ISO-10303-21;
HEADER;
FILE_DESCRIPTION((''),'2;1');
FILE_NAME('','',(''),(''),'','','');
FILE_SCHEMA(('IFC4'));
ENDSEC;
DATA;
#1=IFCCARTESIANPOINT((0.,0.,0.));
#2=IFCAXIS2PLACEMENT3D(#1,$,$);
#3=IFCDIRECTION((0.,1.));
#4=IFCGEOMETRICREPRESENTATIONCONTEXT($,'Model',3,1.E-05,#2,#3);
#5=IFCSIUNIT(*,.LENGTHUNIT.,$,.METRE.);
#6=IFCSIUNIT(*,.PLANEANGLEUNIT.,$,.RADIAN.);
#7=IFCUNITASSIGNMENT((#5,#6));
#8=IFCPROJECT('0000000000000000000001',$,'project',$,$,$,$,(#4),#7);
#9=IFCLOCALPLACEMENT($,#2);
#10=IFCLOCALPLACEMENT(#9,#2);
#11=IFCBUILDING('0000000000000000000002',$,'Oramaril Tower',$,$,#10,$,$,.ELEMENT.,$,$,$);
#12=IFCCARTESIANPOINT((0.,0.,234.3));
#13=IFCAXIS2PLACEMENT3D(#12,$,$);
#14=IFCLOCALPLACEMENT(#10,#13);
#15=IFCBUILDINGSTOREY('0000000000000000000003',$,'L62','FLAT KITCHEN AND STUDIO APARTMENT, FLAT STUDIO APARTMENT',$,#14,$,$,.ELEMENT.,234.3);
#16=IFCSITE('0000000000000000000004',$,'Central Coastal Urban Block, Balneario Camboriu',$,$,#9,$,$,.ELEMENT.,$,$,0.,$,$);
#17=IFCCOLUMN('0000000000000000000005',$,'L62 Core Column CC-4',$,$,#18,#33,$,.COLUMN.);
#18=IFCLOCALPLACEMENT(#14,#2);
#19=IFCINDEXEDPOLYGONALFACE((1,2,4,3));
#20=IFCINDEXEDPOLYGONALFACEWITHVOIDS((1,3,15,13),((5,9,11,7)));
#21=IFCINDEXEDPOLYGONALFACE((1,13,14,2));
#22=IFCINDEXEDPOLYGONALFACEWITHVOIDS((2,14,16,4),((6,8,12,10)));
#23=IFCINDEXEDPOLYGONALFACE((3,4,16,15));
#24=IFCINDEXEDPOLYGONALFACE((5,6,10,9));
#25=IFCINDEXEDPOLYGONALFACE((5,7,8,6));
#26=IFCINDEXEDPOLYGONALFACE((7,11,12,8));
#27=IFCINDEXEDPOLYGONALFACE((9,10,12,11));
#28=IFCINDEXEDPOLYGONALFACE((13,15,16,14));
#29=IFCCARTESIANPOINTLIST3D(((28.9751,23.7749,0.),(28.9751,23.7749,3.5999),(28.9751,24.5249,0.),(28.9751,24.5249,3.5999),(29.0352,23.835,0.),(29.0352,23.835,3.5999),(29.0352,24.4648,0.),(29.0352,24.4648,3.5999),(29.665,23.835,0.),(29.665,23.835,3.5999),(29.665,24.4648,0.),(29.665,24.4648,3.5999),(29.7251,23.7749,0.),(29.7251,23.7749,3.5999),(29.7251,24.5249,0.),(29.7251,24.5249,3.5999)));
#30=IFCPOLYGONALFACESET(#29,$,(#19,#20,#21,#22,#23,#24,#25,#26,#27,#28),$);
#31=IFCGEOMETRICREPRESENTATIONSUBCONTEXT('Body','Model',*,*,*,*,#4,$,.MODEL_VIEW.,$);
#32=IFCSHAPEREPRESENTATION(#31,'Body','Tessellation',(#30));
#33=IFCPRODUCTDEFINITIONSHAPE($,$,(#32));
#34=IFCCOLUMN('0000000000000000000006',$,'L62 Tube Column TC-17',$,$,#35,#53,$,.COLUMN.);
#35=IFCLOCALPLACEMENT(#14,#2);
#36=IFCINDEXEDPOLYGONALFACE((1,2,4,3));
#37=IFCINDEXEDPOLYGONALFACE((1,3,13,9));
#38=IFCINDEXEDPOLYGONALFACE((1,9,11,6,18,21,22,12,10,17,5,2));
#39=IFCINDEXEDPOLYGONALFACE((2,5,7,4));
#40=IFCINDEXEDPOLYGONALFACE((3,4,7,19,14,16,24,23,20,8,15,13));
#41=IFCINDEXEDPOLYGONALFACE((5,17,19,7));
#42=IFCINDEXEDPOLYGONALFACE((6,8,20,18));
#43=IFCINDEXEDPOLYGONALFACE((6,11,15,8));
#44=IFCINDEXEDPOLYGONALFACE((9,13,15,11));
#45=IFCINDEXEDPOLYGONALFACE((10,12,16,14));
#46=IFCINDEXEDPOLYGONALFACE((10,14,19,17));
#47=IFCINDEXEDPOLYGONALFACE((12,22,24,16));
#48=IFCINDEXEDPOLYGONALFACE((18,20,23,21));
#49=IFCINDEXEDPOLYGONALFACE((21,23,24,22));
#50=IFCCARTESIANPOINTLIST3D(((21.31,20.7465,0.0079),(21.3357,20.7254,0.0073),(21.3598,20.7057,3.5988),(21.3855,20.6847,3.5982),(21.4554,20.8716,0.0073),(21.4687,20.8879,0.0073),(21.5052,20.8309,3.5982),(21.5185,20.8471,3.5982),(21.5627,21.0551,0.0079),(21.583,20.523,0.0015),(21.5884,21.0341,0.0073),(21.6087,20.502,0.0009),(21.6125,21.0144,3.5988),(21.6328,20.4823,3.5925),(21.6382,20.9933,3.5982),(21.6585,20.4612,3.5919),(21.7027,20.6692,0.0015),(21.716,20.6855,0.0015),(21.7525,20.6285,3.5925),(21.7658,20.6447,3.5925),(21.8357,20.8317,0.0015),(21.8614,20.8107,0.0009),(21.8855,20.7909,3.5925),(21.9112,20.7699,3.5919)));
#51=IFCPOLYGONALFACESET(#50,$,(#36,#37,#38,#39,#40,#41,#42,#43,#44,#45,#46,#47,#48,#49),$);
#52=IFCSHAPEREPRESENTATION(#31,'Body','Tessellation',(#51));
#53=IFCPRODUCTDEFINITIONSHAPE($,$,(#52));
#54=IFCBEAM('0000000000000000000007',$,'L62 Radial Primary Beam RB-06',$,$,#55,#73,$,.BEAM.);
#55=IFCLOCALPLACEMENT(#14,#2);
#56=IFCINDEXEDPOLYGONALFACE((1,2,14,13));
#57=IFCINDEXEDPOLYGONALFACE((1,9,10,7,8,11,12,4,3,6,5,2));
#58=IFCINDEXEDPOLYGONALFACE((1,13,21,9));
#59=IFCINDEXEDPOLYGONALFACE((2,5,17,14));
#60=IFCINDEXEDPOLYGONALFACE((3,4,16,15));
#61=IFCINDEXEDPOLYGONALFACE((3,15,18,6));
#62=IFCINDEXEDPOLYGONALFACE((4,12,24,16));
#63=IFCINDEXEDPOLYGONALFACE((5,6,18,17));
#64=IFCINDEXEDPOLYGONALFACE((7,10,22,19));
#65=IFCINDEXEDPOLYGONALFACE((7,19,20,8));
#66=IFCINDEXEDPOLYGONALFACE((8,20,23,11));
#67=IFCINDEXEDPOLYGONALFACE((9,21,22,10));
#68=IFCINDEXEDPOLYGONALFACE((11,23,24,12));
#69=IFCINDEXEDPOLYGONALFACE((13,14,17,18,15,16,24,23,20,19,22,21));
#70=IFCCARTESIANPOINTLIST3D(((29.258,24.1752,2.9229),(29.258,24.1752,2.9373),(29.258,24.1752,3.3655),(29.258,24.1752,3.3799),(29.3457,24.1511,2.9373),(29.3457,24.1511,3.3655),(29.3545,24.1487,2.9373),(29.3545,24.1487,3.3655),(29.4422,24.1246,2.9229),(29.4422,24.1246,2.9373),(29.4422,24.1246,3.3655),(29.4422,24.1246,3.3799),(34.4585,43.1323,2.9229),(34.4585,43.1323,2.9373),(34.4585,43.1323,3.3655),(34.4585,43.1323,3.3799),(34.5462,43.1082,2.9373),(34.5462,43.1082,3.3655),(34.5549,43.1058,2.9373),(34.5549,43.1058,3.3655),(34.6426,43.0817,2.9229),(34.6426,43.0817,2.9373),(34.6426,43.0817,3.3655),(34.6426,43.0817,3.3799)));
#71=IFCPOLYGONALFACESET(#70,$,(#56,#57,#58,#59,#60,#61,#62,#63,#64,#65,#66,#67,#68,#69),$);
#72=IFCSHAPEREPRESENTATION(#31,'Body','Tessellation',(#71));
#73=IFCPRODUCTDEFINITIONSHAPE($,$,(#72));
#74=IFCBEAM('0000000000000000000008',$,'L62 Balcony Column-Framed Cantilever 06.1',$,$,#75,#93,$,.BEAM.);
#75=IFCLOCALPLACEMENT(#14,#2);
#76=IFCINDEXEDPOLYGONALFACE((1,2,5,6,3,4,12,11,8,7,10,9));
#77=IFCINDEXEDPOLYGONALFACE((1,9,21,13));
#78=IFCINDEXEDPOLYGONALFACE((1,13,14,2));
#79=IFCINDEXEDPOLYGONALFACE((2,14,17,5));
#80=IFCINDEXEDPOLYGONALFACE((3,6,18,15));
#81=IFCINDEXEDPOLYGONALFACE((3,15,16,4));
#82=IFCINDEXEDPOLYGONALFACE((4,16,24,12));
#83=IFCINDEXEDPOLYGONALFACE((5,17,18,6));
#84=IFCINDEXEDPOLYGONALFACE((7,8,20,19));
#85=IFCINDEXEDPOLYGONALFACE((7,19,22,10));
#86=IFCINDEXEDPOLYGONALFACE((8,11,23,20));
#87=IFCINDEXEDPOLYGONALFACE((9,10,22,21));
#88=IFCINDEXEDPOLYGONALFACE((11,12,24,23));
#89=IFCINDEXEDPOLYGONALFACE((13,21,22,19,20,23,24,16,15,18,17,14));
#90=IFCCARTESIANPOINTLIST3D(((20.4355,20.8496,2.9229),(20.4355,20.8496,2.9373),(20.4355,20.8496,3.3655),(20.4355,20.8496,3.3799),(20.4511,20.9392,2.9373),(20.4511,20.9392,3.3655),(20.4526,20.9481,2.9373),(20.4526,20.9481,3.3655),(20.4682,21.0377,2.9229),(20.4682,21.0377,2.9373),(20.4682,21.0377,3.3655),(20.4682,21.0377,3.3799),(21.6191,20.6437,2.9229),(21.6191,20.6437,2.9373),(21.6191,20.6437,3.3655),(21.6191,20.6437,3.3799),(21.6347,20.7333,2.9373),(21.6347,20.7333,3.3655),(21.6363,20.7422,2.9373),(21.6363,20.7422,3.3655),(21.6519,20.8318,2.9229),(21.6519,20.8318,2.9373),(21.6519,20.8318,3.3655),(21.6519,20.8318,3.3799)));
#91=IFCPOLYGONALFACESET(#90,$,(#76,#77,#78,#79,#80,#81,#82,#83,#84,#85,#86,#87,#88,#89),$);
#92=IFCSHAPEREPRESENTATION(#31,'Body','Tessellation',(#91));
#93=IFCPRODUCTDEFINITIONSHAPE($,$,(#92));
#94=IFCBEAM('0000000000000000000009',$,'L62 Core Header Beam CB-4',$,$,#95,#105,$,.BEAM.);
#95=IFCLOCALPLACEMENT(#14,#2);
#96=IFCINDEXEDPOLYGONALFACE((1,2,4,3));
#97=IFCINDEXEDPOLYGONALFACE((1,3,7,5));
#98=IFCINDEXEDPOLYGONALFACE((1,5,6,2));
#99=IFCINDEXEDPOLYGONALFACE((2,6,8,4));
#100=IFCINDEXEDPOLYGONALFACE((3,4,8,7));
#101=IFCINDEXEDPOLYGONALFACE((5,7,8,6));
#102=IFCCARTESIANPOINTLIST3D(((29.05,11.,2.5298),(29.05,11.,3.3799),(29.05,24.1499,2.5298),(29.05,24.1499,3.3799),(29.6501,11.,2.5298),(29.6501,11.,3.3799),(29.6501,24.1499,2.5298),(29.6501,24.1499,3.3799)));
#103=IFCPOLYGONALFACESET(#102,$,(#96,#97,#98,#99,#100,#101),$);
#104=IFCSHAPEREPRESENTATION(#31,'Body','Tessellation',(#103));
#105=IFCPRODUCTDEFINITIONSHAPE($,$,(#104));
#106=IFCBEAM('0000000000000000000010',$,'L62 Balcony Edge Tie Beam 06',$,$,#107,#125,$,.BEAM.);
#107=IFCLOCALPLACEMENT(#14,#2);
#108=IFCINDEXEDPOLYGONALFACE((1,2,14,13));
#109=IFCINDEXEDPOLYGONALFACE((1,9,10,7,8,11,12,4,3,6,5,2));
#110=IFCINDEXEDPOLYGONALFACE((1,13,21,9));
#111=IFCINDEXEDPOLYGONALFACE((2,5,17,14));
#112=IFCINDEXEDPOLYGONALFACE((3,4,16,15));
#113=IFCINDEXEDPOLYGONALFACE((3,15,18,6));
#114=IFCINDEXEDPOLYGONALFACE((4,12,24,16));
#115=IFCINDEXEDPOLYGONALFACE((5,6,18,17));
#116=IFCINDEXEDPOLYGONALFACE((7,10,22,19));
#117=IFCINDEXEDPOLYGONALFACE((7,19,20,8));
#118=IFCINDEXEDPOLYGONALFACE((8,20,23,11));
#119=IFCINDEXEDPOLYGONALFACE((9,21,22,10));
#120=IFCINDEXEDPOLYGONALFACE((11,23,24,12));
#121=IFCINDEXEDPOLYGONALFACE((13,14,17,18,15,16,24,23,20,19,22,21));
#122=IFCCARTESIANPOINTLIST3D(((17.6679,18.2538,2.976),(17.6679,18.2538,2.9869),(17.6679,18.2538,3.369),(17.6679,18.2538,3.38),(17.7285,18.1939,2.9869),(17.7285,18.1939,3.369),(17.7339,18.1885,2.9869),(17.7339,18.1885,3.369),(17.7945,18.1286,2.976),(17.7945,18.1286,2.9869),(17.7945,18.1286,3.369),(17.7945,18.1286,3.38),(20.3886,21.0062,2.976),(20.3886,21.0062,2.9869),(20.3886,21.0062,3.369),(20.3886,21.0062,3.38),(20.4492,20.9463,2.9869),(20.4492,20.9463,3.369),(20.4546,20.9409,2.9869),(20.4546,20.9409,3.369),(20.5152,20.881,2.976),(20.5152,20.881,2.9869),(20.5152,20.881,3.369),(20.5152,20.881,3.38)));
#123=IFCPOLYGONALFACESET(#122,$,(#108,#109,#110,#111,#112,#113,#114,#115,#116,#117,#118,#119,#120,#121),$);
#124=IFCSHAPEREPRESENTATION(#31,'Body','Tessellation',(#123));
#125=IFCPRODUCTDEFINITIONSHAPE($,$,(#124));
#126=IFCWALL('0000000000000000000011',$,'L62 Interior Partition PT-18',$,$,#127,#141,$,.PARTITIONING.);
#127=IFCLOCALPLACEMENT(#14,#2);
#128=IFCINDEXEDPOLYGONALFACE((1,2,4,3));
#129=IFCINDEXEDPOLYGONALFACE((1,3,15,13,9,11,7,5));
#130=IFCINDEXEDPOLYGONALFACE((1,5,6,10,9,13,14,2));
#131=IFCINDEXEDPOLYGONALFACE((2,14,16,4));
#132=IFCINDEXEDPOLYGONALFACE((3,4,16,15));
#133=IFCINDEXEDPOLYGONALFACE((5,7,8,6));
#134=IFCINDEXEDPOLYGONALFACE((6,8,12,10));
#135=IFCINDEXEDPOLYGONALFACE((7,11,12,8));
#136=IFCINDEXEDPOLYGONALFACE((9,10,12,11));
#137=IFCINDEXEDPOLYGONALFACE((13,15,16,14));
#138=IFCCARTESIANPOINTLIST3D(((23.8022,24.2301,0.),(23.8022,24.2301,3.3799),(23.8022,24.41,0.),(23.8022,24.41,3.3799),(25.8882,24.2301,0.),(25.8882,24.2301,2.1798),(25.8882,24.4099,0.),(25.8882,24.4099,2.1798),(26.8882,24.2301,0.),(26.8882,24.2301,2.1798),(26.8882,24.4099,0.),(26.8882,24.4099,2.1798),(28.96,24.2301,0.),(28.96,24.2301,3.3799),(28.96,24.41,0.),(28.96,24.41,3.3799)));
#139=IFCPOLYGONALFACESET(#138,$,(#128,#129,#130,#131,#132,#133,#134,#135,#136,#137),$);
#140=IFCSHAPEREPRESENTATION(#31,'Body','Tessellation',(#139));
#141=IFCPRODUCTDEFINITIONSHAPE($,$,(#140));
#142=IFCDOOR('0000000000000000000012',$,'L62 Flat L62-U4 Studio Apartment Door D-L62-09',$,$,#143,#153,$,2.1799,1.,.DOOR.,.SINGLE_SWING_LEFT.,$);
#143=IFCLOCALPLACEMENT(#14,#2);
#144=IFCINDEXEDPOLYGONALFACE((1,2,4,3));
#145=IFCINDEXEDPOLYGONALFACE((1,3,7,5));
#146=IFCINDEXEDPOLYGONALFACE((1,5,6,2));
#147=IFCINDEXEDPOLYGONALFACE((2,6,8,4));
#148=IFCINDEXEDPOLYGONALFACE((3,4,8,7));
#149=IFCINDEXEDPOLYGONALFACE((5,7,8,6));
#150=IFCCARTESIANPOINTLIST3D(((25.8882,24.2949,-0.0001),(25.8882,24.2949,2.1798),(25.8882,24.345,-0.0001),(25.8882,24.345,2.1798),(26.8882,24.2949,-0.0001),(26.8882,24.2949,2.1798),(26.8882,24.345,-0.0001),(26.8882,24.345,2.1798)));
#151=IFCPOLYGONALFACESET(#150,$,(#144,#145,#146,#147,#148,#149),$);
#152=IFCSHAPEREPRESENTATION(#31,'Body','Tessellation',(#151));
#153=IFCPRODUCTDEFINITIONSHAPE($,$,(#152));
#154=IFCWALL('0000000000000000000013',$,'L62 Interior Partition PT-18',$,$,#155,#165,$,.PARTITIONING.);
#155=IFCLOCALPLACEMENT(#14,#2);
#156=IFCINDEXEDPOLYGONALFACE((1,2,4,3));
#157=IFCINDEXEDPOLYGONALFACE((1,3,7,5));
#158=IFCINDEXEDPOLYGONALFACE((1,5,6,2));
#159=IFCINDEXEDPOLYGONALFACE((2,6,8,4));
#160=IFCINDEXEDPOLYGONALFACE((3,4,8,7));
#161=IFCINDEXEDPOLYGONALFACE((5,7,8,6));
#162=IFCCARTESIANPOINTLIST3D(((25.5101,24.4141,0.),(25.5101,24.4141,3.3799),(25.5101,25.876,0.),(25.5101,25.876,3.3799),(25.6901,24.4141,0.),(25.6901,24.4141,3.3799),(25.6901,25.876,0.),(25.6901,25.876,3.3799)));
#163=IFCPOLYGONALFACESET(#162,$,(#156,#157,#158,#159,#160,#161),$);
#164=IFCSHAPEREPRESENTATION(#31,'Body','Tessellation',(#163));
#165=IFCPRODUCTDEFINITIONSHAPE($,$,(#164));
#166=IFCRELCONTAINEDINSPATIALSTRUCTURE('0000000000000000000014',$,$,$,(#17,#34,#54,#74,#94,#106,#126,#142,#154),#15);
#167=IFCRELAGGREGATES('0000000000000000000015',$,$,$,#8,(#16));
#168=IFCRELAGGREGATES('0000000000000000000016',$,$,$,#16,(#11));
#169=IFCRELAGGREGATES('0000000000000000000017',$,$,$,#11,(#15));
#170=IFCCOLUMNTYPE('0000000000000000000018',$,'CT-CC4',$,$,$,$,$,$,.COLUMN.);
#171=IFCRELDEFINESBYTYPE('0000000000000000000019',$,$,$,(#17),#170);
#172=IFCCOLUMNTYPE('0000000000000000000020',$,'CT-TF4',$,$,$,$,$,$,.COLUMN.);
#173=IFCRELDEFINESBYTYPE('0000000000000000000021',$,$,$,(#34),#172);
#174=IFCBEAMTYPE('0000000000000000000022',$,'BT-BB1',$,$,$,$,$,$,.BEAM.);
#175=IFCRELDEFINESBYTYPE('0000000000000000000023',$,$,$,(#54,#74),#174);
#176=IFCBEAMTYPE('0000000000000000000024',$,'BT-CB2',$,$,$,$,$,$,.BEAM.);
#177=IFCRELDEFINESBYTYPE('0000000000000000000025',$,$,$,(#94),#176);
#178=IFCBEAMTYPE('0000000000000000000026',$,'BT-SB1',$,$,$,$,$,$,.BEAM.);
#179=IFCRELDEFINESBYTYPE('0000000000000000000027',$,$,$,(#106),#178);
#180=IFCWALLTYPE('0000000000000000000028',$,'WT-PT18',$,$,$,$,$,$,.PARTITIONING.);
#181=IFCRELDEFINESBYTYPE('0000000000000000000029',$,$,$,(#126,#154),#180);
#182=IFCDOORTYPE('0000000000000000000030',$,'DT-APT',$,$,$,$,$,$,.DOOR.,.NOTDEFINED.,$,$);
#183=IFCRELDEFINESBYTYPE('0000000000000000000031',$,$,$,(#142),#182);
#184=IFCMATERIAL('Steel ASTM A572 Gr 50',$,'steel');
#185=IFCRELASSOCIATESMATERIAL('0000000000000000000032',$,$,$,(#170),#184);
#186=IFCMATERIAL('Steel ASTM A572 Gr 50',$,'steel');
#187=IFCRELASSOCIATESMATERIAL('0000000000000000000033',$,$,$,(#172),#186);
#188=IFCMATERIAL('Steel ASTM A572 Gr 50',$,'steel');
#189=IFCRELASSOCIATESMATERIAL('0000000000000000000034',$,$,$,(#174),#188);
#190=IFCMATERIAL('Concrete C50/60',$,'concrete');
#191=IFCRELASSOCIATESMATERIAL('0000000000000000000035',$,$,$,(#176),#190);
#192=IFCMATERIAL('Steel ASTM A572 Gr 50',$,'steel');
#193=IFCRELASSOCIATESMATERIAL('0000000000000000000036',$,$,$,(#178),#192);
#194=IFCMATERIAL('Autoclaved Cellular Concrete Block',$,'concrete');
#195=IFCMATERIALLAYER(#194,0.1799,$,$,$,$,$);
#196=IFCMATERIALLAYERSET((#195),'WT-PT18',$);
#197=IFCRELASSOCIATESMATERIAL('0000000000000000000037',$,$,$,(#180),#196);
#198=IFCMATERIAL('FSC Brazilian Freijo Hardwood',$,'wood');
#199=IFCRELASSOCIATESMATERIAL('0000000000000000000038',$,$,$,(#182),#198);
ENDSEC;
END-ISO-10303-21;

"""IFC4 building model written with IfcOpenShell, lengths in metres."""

from ifc_helpers import new_model, si_unit, direction, frame, frame_2d, origin, origin_2d, place, context, subcontext, project, spatial, rectangle, hollow_rectangle, i_section, extrude, material, layer, layer_set, material_profile, profile_set, type_object, element, fill, save


model = new_model("IFC4")

# Units and contexts
model_context = context("Model", 3, precision=1e-05, world=origin(), true_north=direction((0.0, 1.0)))
body_context = subcontext(model_context, "Body", "Model", "MODEL_VIEW")
ifc_project = project(units=[si_unit("LENGTHUNIT", "METRE"), si_unit("PLANEANGLEUNIT", "RADIAN")], contexts=[model_context])

# Site, building, storey
site_placement = place(None, origin())
site = spatial("IfcSite", under=ifc_project, at=site_placement, Name="Central Coastal Urban Block, Balneario Camboriu", CompositionType="ELEMENT", RefElevation=0.0)
building_placement = place(site_placement, origin())
building = spatial("IfcBuilding", under=site, at=building_placement, Name="Oramaril Tower", CompositionType="ELEMENT")
storey_placement = place(building_placement, frame((0.0, 0.0, 234.3)))
storey = spatial("IfcBuildingStorey", under=building, at=storey_placement, Name="L62", Description="FLAT KITCHEN AND STUDIO APARTMENT, FLAT STUDIO APARTMENT", CompositionType="ELEMENT", Elevation=234.3)

# Columns
ifc_material_1 = material(Name="Steel ASTM A572 Gr 50", Category="steel")
ifc_material_profile_1 = material_profile(ifc_material_1, hollow_rectangle(XDim=0.75, YDim=0.75, WallThickness=0.0601, at=origin_2d()), Name="BOX750X750X60")
ifc_profile_set_1 = profile_set([ifc_material_profile_1], Name="Steel ASTM A572 Gr 50")
column_type_1 = type_object("IfcColumnType", Name="CT-CC4", PredefinedType="COLUMN", material=ifc_profile_set_1)
column_1_placement = place(storey_placement, frame((29.3501, 24.1499, 0.0), z_axis=(0.0, 0.0, 1.0), x_axis=(1.0, 0.0, 0.0)))
element("IfcColumn", 1, at=column_1_placement, inside=storey, type_object=column_type_1, Name="L62 Core Column CC-4", PredefinedType="COLUMN", context=body_context, shape_type="SweptSolid", body=[
    extrude(hollow_rectangle(XDim=0.75, YDim=0.75, WallThickness=0.0601, at=origin_2d()), origin(), (0.0, 0.0, 1.0), 3.5999),
])
ifc_material_2 = material(Name="Steel ASTM A572 Gr 50", Category="steel")
ifc_material_profile_2 = material_profile(ifc_material_2, i_section(OverallWidth=0.3989, OverallDepth=0.386, WebThickness=0.021, FlangeThickness=0.0332, at=origin_2d()), Name="W14X176")
ifc_profile_set_2 = profile_set([ifc_material_profile_2], Name="Steel ASTM A572 Gr 50")
column_type_2 = type_object("IfcColumnType", Name="CT-TF4", PredefinedType="COLUMN", material=ifc_profile_set_2)
column_2_placement = place(storey_placement, frame((21.5857, 20.7786, 0.0044), z_axis=(0.013867, -0.011352, 0.999839), x_axis=(0.633444, 0.773788, 0.0)))
element("IfcColumn", 2, at=column_2_placement, inside=storey, type_object=column_type_2, Name="L62 Tube Column TC-17", PredefinedType="COLUMN", context=body_context, shape_type="SweptSolid", body=[
    extrude(i_section(OverallWidth=0.3989, OverallDepth=0.386, WebThickness=0.021, FlangeThickness=0.0332, at=origin_2d()), origin(), (0.0, 0.0, 1.0), 3.5916),
])

# Beams
ifc_material_3 = material(Name="Steel ASTM A572 Gr 50", Category="steel")
ifc_material_profile_3 = material_profile(ifc_material_3, i_section(OverallWidth=0.1909, OverallDepth=0.457, WebThickness=0.009, FlangeThickness=0.0144, at=origin_2d()), Name="W18X50")
ifc_profile_set_3 = profile_set([ifc_material_profile_3], Name="Steel ASTM A572 Gr 50")
beam_type_1 = type_object("IfcBeamType", Name="BT-BB1", PredefinedType="BEAM", material=ifc_profile_set_3)
beam_1_placement = place(storey_placement, frame((29.3501, 24.1499, 3.1514), z_axis=(0.264554, 0.964371, 0.0), x_axis=(-0.964371, 0.264554, 0.0)))
element("IfcBeam", 3, at=beam_1_placement, inside=storey, type_object=beam_type_1, Name="L62 Radial Primary Beam RB-06", PredefinedType="BEAM", context=body_context, shape_type="SweptSolid", body=[
    extrude(i_section(OverallWidth=0.1909, OverallDepth=0.457, WebThickness=0.009, FlangeThickness=0.0144, at=origin_2d()), origin(), (0.0, 0.0, 1.0), 19.6575),
])
beam_2_placement = place(storey_placement, frame((21.6355, 20.7378, 3.1514), z_axis=(-0.985216, 0.171315, 0.0), x_axis=(-0.171315, -0.985216, 0.0)))
element("IfcBeam", 4, at=beam_2_placement, inside=storey, type_object=beam_type_1, Name="L62 Balcony Column-Framed Cantilever 06.1", PredefinedType="BEAM", context=body_context, shape_type="SweptSolid", body=[
    extrude(i_section(OverallWidth=0.1909, OverallDepth=0.457, WebThickness=0.009, FlangeThickness=0.0144, at=origin_2d()), origin(), (0.0, 0.0, 1.0), 1.2014),
])
ifc_material_4 = material(Name="Concrete C50/60", Category="concrete")
ifc_material_profile_4 = material_profile(ifc_material_4, rectangle(XDim=0.6001, YDim=0.8501, at=origin_2d()), Name="CB600X850")
ifc_profile_set_4 = profile_set([ifc_material_profile_4], Name="Concrete C50/60")
beam_type_2 = type_object("IfcBeamType", Name="BT-CB2", PredefinedType="BEAM", material=ifc_profile_set_4)
beam_3_placement = place(storey_placement, frame((29.3501, 24.1499, 2.9548), z_axis=(0.0, -1.0, 0.0), x_axis=(1.0, 0.0, 0.0)))
element("IfcBeam", 5, at=beam_3_placement, inside=storey, type_object=beam_type_2, Name="L62 Core Header Beam CB-4", PredefinedType="BEAM", context=body_context, shape_type="SweptSolid", body=[
    extrude(rectangle(XDim=0.6001, YDim=0.8501, at=origin_2d()), origin(), (0.0, 0.0, 1.0), 13.1499),
])
ifc_material_5 = material(Name="Steel ASTM A572 Gr 50", Category="steel")
ifc_material_profile_5 = material_profile(ifc_material_5, i_section(OverallWidth=0.178, OverallDepth=0.4041, WebThickness=0.0076, FlangeThickness=0.011, at=origin_2d()), Name="W16X36")
ifc_profile_set_5 = profile_set([ifc_material_profile_5], Name="Steel ASTM A572 Gr 50")
beam_type_3 = type_object("IfcBeamType", Name="BT-SB1", PredefinedType="BEAM", material=ifc_profile_set_5)
beam_4_placement = place(storey_placement, frame((20.4519, 20.9436, 3.178), z_axis=(-0.702995, -0.711195, 0.0), x_axis=(0.711195, -0.702995, 0.0)))
element("IfcBeam", 6, at=beam_4_placement, inside=storey, type_object=beam_type_3, Name="L62 Balcony Edge Tie Beam 06", PredefinedType="BEAM", context=body_context, shape_type="SweptSolid", body=[
    extrude(i_section(OverallWidth=0.178, OverallDepth=0.4041, WebThickness=0.0076, FlangeThickness=0.011, at=origin_2d()), origin(), (0.0, 0.0, 1.0), 3.8701),
])

# Wall, opening, door
ifc_material_6 = material(Name="Autoclaved Cellular Concrete Block", Category="concrete")
ifc_layer_1 = layer(ifc_material_6, 0.1799)
ifc_layer_set_1 = layer_set([ifc_layer_1], Name="WT-PT18")
wall_type_1 = type_object("IfcWallType", Name="WT-PT18", PredefinedType="PARTITIONING", material=ifc_layer_set_1)
wall_1_placement = place(storey_placement, frame((23.8022, 24.3201, 0.0), z_axis=(0.0, 0.0, 1.0), x_axis=(1.0, 0.0, 0.0)))
wall_1 = element("IfcWall", 7, at=wall_1_placement, inside=storey, type_object=wall_type_1, Name="L62 Interior Partition PT-18", PredefinedType="PARTITIONING", context=body_context, shape_type="SweptSolid", body=[
    extrude(rectangle(XDim=5.1577, YDim=0.1799, at=frame_2d((2.5789, 0.0))), origin(), (0.0, 0.0, 1.0), 3.3799),
])
opening_1_placement = place(wall_1_placement, frame((2.0859, 0.0, 0.0)))
opening_1 = element("IfcOpeningElement", 8, at=opening_1_placement, cuts=wall_1, PredefinedType="OPENING", context=body_context, shape_type="SweptSolid", body=[
    extrude(rectangle(XDim=1.0, YDim=2.1799, at=frame_2d((0.5, 1.0898))), frame((0.0, 0.0898, 0.0), z_axis=(0.0, -1.0, 0.0), x_axis=(1.0, 0.0, 0.0)), (0.0, 0.0, 1.0), 0.1799),
])
ifc_material_7 = material(Name="FSC Brazilian Freijo Hardwood", Category="wood")
door_type_1 = type_object("IfcDoorType", Name="DT-APT", OperationType="NOTDEFINED", PredefinedType="DOOR", material=ifc_material_7)
door_1_placement = place(opening_1_placement, origin())
door_1 = element("IfcDoor", 9, at=door_1_placement, inside=storey, type_object=door_type_1, Name="L62 Flat L62-U4 Studio Apartment Door D-L62-09", OperationType="SINGLE_SWING_LEFT", OverallHeight=2.1799, OverallWidth=1.0, PredefinedType="DOOR", context=body_context, shape_type="SweptSolid", body=[
    extrude(rectangle(XDim=1.0, YDim=2.1799, at=frame_2d((0.5, 1.0898))), frame((0.0, 0.0249, 0.0), z_axis=(0.0, -1.0, 0.0), x_axis=(1.0, 0.0, 0.0)), (0.0, 0.0, 1.0), 0.05),
])
fill(opening_1, door_1)

# Wall
wall_2_placement = place(storey_placement, frame((25.6001, 24.4141, 0.0), z_axis=(0.0, 0.0, 1.0), x_axis=(0.0, 1.0, 0.0)))
element("IfcWall", 10, at=wall_2_placement, inside=storey, type_object=wall_type_1, Name="L62 Interior Partition PT-18", PredefinedType="PARTITIONING", context=body_context, shape_type="SweptSolid", body=[
    extrude(rectangle(XDim=1.4619, YDim=0.1799, at=frame_2d((0.731, 0.0))), origin(), (0.0, 0.0, 1.0), 3.3799),
])

save(model, "model.ifc")
